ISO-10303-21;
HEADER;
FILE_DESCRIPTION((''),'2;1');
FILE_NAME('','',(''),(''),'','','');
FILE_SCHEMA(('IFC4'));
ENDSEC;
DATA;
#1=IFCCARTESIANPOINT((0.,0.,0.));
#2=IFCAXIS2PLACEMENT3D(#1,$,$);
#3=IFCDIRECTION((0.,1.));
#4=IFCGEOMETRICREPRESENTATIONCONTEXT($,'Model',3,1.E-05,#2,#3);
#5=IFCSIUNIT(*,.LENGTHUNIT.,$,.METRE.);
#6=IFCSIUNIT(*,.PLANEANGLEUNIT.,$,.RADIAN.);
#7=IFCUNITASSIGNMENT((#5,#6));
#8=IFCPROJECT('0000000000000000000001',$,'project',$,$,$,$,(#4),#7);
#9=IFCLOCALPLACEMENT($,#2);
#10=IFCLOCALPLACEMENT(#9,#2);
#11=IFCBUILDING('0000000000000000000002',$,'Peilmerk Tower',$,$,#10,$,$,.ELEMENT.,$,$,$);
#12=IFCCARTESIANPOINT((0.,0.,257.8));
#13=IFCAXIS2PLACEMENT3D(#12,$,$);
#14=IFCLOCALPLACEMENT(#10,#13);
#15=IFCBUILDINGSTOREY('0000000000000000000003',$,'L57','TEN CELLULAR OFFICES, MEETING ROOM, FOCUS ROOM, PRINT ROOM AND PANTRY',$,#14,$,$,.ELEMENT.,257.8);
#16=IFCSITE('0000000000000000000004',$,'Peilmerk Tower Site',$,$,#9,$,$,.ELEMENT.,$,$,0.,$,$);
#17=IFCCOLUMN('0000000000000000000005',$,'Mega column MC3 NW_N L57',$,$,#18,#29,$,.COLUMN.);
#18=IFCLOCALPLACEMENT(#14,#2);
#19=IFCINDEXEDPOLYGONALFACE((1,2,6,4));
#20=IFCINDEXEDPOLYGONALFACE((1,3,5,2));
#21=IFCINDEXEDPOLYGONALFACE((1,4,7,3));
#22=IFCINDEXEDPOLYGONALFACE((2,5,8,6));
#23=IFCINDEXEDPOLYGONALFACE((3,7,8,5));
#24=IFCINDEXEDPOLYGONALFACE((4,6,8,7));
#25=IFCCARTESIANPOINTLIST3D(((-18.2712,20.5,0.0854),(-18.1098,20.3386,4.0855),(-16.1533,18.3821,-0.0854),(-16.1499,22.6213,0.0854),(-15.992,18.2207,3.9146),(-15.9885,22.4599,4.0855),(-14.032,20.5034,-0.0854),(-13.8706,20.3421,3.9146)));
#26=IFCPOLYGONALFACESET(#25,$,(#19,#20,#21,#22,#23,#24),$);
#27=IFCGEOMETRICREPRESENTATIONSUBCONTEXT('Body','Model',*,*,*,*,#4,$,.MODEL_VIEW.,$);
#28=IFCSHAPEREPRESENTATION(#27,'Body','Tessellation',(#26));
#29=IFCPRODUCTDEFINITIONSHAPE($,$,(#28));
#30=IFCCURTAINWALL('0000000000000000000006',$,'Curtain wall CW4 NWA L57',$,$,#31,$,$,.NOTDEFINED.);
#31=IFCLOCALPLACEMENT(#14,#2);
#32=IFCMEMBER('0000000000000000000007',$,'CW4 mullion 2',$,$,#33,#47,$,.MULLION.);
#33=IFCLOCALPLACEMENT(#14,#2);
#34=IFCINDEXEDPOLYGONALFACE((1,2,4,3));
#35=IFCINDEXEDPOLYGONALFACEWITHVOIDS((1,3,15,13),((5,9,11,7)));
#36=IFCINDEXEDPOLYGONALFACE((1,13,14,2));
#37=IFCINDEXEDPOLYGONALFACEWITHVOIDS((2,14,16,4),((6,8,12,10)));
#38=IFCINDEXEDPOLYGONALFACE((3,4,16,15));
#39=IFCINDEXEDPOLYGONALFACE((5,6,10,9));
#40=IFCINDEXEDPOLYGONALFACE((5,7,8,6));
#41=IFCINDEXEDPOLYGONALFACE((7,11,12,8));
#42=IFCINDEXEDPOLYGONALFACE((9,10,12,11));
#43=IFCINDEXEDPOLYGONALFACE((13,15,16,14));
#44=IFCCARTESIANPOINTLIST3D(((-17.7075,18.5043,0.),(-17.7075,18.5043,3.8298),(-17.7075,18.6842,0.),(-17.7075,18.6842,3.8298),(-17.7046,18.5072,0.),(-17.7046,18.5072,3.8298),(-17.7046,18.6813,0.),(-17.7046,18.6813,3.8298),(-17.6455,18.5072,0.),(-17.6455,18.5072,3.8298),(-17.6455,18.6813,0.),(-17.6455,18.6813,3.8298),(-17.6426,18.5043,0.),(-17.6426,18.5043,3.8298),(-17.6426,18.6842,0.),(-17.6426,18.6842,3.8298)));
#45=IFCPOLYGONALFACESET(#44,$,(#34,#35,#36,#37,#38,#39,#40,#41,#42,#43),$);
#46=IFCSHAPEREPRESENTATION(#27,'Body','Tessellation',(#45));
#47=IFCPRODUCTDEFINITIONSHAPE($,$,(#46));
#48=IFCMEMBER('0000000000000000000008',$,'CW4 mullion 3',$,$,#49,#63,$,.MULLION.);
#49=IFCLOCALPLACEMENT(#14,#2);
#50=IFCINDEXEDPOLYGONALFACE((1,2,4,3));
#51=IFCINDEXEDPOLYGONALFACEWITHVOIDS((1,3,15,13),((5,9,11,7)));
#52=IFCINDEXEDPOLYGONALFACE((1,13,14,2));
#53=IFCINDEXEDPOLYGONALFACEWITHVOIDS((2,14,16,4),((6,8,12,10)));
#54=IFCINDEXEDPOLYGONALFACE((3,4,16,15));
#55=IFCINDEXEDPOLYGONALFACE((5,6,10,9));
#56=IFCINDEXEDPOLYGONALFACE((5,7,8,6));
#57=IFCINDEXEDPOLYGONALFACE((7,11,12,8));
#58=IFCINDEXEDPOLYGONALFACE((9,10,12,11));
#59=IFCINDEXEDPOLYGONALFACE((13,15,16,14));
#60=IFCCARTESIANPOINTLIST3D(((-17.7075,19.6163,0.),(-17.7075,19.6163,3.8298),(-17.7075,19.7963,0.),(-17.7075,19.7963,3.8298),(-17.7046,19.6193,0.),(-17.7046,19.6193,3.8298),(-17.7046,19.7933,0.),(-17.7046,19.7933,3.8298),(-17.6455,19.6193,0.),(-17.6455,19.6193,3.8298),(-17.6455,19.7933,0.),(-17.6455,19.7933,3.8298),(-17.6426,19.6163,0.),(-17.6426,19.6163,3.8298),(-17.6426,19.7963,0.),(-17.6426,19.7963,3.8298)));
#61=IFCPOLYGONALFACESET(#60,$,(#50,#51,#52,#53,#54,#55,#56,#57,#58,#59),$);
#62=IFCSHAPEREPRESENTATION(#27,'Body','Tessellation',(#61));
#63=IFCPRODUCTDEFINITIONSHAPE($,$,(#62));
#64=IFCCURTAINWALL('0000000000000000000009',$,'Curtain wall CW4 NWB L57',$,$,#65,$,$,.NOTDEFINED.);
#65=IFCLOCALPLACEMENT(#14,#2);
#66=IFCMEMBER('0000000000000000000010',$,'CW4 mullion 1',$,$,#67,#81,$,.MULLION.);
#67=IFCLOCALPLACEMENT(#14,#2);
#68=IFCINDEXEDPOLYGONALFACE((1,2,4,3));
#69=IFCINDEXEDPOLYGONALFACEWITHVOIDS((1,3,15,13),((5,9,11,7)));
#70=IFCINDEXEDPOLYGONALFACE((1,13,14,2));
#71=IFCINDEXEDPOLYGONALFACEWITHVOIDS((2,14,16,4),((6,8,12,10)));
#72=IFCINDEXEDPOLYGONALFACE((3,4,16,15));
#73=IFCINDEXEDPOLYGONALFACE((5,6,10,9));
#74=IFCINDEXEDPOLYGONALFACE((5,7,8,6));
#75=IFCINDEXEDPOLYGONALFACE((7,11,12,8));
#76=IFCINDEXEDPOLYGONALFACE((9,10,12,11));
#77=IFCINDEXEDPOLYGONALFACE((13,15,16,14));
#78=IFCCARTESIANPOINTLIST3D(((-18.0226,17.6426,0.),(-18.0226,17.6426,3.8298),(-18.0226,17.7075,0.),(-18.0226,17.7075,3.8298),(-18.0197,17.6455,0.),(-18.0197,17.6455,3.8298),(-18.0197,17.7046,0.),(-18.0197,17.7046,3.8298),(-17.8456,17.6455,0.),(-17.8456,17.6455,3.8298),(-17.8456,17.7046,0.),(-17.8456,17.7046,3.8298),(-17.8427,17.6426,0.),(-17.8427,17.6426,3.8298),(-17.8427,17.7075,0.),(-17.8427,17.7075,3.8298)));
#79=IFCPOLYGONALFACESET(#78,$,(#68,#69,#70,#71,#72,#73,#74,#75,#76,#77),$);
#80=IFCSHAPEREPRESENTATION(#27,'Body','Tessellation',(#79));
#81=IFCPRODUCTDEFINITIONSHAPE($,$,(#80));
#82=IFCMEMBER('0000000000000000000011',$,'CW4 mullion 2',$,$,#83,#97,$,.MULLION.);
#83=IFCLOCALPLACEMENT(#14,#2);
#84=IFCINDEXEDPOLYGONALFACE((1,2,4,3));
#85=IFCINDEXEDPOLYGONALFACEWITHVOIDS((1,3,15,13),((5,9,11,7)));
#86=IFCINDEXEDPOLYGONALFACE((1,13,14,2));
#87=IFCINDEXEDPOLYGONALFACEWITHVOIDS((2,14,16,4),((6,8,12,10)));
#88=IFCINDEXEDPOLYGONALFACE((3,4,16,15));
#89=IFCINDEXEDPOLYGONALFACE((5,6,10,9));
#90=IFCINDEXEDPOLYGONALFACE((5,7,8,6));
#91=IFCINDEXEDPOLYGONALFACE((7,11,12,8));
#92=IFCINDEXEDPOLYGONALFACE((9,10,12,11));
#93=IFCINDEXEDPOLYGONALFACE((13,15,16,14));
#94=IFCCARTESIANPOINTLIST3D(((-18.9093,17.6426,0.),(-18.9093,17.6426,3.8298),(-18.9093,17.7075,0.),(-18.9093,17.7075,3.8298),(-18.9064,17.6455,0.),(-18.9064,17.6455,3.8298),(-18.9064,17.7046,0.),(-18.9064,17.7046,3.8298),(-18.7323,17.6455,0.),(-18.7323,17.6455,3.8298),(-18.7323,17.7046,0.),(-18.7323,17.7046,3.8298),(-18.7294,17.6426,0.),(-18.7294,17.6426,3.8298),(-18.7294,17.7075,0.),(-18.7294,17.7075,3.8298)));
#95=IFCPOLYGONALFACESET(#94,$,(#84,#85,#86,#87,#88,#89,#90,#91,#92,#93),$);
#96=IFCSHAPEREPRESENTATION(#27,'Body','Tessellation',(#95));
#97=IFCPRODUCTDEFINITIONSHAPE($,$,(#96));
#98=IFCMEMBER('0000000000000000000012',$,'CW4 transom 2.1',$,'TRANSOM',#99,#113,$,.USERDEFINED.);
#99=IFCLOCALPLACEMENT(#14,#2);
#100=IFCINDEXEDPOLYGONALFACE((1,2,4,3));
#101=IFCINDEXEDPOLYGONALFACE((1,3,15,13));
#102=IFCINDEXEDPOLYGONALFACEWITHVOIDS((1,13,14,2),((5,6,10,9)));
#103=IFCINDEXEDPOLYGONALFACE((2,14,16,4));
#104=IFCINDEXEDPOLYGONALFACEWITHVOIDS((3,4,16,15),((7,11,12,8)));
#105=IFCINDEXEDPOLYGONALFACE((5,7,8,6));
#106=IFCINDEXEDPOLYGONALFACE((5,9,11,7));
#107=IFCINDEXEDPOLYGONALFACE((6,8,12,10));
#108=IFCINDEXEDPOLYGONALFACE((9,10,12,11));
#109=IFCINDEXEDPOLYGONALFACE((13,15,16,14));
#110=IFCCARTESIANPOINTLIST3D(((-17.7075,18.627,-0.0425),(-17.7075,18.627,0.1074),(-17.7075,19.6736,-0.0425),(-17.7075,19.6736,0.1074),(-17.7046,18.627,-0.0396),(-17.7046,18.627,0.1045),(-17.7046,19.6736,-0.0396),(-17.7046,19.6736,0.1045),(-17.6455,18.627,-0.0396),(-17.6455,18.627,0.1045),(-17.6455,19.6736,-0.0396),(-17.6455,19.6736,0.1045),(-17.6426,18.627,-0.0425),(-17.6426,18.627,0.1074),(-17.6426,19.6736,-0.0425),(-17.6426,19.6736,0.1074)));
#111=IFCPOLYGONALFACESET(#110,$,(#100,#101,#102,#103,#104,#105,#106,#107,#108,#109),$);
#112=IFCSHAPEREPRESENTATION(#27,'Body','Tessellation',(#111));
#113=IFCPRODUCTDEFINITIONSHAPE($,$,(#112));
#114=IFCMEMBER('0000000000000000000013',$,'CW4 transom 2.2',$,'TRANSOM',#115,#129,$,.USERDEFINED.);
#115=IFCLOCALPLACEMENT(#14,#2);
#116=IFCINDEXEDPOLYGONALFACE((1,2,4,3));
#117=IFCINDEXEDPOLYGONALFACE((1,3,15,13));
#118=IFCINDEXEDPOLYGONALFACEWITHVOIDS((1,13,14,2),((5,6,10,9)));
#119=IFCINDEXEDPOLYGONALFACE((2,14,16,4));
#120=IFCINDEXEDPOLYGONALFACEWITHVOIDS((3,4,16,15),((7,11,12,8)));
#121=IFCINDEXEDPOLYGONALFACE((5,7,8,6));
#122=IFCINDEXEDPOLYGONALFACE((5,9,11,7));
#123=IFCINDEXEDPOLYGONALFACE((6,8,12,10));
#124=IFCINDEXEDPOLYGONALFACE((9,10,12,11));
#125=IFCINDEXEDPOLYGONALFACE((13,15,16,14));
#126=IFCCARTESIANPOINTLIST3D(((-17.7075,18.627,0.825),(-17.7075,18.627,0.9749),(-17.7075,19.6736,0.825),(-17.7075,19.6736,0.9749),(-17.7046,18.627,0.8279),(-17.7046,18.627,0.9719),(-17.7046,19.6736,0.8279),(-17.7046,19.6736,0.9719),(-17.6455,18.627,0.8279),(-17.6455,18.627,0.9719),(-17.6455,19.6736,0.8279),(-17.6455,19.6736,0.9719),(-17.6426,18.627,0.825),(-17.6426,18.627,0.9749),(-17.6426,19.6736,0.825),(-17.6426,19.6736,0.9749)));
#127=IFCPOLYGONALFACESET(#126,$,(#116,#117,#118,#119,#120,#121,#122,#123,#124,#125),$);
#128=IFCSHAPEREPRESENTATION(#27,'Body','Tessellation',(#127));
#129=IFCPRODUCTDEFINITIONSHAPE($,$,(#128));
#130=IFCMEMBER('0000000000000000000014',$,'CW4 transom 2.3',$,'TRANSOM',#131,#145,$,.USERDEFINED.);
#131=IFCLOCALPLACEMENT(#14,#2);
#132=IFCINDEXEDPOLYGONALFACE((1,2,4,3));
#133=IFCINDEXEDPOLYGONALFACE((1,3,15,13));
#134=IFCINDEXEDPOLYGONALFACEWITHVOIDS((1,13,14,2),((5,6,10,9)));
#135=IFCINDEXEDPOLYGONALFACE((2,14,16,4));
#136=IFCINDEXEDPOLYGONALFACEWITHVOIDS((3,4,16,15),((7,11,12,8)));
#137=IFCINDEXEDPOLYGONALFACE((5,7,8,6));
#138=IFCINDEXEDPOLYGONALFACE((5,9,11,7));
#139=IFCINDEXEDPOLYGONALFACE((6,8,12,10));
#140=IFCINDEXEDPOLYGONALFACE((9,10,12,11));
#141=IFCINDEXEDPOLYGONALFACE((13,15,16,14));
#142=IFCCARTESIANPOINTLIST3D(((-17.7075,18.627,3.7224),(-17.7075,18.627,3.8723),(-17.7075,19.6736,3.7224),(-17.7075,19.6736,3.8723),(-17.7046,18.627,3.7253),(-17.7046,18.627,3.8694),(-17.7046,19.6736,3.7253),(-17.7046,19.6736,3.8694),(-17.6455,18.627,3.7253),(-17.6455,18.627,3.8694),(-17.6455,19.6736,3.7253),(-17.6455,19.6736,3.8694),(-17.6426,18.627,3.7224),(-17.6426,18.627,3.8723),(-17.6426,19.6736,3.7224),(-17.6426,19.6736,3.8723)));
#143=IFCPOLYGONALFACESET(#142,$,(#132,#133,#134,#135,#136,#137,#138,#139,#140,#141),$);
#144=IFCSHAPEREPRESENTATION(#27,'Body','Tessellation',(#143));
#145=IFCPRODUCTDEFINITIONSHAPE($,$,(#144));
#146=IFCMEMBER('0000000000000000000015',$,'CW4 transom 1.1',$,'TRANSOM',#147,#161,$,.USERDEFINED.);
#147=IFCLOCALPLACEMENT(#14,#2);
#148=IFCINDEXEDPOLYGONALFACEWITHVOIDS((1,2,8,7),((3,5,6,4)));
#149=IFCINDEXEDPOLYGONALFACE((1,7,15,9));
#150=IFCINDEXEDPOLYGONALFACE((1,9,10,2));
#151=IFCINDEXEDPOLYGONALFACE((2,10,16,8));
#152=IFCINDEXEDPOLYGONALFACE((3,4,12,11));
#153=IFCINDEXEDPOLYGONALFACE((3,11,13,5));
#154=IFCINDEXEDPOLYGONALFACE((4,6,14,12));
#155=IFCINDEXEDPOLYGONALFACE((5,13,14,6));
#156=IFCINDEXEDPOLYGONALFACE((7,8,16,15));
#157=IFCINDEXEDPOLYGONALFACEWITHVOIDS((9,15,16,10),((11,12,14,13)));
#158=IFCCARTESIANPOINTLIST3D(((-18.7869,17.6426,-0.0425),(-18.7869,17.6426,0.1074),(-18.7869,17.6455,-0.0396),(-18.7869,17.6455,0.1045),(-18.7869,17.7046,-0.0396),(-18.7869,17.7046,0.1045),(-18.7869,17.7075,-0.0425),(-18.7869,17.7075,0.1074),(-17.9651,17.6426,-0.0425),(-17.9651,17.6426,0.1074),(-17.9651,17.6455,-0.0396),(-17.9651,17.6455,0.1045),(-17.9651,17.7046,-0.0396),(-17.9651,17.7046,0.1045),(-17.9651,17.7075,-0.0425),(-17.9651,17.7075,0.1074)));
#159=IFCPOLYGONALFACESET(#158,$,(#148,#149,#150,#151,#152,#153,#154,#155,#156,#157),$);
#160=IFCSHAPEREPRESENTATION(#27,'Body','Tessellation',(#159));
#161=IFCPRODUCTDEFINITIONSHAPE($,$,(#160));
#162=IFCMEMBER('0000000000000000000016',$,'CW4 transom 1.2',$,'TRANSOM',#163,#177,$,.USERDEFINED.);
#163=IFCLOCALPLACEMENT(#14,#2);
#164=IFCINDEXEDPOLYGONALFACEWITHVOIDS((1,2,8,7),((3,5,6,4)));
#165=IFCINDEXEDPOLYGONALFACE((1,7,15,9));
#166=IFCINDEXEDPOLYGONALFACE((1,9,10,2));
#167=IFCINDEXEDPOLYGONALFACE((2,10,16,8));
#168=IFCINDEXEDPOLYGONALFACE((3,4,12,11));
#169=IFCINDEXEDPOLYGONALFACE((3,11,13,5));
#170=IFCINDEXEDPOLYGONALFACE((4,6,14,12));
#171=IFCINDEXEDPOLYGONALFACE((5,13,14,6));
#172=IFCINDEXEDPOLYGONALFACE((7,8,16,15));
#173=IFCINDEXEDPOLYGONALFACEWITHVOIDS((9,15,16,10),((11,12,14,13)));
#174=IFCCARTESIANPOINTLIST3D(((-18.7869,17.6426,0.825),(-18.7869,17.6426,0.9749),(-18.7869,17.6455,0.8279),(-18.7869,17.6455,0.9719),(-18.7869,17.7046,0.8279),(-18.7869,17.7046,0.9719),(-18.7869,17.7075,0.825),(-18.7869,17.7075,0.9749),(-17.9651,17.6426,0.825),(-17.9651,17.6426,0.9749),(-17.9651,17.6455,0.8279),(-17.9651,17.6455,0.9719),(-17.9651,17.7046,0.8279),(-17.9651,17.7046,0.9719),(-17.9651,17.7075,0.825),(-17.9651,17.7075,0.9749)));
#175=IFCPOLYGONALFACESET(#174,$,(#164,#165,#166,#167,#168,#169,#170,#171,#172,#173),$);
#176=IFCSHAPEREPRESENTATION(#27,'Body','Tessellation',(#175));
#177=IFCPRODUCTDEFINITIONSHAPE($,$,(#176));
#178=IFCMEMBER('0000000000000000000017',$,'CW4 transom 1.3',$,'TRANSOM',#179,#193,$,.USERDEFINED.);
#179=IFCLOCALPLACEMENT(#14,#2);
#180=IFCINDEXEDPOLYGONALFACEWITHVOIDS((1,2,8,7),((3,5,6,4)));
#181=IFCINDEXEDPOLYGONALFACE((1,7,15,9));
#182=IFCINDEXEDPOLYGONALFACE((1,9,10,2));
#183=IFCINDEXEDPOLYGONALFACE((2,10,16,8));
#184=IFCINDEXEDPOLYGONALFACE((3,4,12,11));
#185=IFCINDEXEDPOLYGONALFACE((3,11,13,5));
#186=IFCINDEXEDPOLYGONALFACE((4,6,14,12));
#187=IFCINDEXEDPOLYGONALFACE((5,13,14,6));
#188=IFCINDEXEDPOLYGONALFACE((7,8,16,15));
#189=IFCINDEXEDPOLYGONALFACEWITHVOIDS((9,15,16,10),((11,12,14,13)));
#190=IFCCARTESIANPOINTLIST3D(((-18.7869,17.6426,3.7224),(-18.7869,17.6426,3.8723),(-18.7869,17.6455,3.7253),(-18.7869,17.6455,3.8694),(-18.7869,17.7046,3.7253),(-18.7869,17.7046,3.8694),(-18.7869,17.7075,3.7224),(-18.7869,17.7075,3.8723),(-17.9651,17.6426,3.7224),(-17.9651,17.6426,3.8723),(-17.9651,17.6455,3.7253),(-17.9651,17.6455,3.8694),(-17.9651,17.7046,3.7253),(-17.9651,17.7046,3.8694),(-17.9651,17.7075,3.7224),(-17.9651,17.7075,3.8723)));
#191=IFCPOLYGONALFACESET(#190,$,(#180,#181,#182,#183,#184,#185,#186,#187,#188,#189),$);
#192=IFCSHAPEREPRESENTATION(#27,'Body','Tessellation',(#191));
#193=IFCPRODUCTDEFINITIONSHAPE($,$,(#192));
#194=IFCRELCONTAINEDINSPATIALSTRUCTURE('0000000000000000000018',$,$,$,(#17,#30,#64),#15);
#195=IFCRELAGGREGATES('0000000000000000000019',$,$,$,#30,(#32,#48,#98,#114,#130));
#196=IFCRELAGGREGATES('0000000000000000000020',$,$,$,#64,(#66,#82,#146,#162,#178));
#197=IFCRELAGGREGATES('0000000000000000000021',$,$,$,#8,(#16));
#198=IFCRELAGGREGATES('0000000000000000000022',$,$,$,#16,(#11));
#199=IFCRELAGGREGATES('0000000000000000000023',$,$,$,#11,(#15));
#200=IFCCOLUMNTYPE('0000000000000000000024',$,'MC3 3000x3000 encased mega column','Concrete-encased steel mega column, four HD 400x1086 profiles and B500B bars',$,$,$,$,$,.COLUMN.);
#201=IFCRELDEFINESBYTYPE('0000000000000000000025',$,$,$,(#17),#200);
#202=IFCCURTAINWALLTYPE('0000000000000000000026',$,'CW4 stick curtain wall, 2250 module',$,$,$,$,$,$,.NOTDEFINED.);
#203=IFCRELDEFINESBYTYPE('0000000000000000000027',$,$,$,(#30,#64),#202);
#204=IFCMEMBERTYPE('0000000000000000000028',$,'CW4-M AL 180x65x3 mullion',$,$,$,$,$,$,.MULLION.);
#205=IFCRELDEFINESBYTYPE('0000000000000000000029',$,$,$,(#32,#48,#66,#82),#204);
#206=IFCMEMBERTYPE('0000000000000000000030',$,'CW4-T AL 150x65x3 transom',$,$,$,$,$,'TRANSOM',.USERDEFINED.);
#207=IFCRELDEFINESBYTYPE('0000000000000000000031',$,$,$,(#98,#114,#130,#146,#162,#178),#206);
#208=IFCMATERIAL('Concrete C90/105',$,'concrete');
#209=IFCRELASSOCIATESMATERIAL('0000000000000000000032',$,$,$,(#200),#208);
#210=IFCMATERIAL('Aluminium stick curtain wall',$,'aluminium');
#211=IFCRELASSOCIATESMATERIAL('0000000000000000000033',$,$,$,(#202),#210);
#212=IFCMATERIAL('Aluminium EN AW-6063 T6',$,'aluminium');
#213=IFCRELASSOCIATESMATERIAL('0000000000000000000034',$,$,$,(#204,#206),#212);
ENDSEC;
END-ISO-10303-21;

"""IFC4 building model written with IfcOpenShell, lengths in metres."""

from ifc_helpers import new_model, si_unit, direction, frame, origin, origin_2d, place, context, subcontext, project, spatial, rectangle, hollow_rectangle, extrude, material, material_profile, profile_set, type_object, element, aggregate, save


model = new_model("IFC4")

# Units and contexts
model_context = context("Model", 3, precision=1e-05, world=origin(), true_north=direction((0.0, 1.0)))
body_context = subcontext(model_context, "Body", "Model", "MODEL_VIEW")
ifc_project = project(units=[si_unit("LENGTHUNIT", "METRE"), si_unit("PLANEANGLEUNIT", "RADIAN")], contexts=[model_context])

# Site, building, storey
site_placement = place(None, origin())
site = spatial("IfcSite", under=ifc_project, at=site_placement, Name="Peilmerk Tower Site", CompositionType="ELEMENT", RefElevation=0.0)
building_placement = place(site_placement, origin())
building = spatial("IfcBuilding", under=site, at=building_placement, Name="Peilmerk Tower", CompositionType="ELEMENT")
storey_placement = place(building_placement, frame((0.0, 0.0, 257.8)))
storey = spatial("IfcBuildingStorey", under=building, at=storey_placement, Name="L57", Description="TEN CELLULAR OFFICES, MEETING ROOM, FOCUS ROOM, PRINT ROOM AND PANTRY", CompositionType="ELEMENT", Elevation=257.8)

# Column
ifc_material_1 = material(Name="Concrete C90/105", Category="concrete")
ifc_material_profile_1 = material_profile(ifc_material_1, rectangle(XDim=3.0, YDim=3.0, at=origin_2d()), Name="RC 3000x3000")
ifc_profile_set_1 = profile_set([ifc_material_profile_1], Name="Concrete C90/105")
column_type = type_object("IfcColumnType", Name="MC3 3000x3000 encased mega column", Description="Concrete-encased steel mega column, four HD 400x1086 profiles and B500B bars", PredefinedType="COLUMN", material=ifc_profile_set_1)
column_placement = place(storey_placement, frame((-16.1516, 20.5017, 0.0), z_axis=(0.040279, -0.040279, 0.998376), x_axis=(0.707107, 0.707107, 0.0)))
element("IfcColumn", 1, at=column_placement, inside=storey, type_object=column_type, Name="Mega column MC3 NW_N L57", PredefinedType="COLUMN", context=body_context, shape_type="SweptSolid", body=[
    extrude(rectangle(XDim=3.0, YDim=3.0, at=origin_2d()), origin(), (0.0, 0.0, 1.0), 4.0066),
])

# Curtain walls, members
ifc_material_2 = material(Name="Aluminium stick curtain wall", Category="aluminium")
curtain_wall_type = type_object("IfcCurtainWallType", Name="CW4 stick curtain wall, 2250 module", PredefinedType="NOTDEFINED", material=ifc_material_2)
curtain_wall_1_placement = place(storey_placement, origin())
curtain_wall_1 = element("IfcCurtainWall", 2, at=curtain_wall_1_placement, inside=storey, type_object=curtain_wall_type, Name="Curtain wall CW4 NWA L57", PredefinedType="NOTDEFINED")
ifc_material_3 = material(Name="Aluminium EN AW-6063 T6", Category="aluminium")
ifc_material_profile_2 = material_profile(ifc_material_3, hollow_rectangle(XDim=0.0649, YDim=0.1799, WallThickness=0.0029, at=origin_2d()), Name="AL 180x65x3")
ifc_profile_set_2 = profile_set([ifc_material_profile_2], Name="Aluminium EN AW-6063 T6")
member_type_1 = type_object("IfcMemberType", Name="CW4-M AL 180x65x3 mullion", PredefinedType="MULLION", material=ifc_profile_set_2)
member_1_placement = place(storey_placement, frame((-17.675, 18.5942, 0.0), z_axis=(0.0, 0.0, 1.0), x_axis=(-1.0, 0.0, 0.0)))
member_1 = element("IfcMember", 3, at=member_1_placement, type_object=member_type_1, Name="CW4 mullion 2", PredefinedType="MULLION", context=body_context, shape_type="SweptSolid", body=[
    extrude(hollow_rectangle(XDim=0.0649, YDim=0.1799, WallThickness=0.0029, at=origin_2d()), origin(), (0.0, 0.0, 1.0), 3.8298),
])
member_2_placement = place(storey_placement, frame((-17.675, 19.7063, 0.0), z_axis=(0.0, 0.0, 1.0), x_axis=(-1.0, 0.0, 0.0)))
member_2 = element("IfcMember", 4, at=member_2_placement, type_object=member_type_1, Name="CW4 mullion 3", PredefinedType="MULLION", context=body_context, shape_type="SweptSolid", body=[
    extrude(hollow_rectangle(XDim=0.0649, YDim=0.1799, WallThickness=0.0029, at=origin_2d()), origin(), (0.0, 0.0, 1.0), 3.8298),
])
curtain_wall_2_placement = place(storey_placement, origin())
curtain_wall_2 = element("IfcCurtainWall", 5, at=curtain_wall_2_placement, inside=storey, type_object=curtain_wall_type, Name="Curtain wall CW4 NWB L57", PredefinedType="NOTDEFINED")
member_3_placement = place(storey_placement, frame((-17.9326, 17.675, 0.0), z_axis=(0.0, 0.0, 1.0), x_axis=(0.0, -1.0, 0.0)))
member_3 = element("IfcMember", 6, at=member_3_placement, type_object=member_type_1, Name="CW4 mullion 1", PredefinedType="MULLION", context=body_context, shape_type="SweptSolid", body=[
    extrude(hollow_rectangle(XDim=0.0649, YDim=0.1799, WallThickness=0.0029, at=origin_2d()), origin(), (0.0, 0.0, 1.0), 3.8298),
])
member_4_placement = place(storey_placement, frame((-18.8193, 17.675, 0.0), z_axis=(0.0, 0.0, 1.0), x_axis=(0.0, -1.0, 0.0)))
member_4 = element("IfcMember", 7, at=member_4_placement, type_object=member_type_1, Name="CW4 mullion 2", PredefinedType="MULLION", context=body_context, shape_type="SweptSolid", body=[
    extrude(hollow_rectangle(XDim=0.0649, YDim=0.1799, WallThickness=0.0029, at=origin_2d()), origin(), (0.0, 0.0, 1.0), 3.8298),
])

# Members
ifc_material_profile_3 = material_profile(ifc_material_3, hollow_rectangle(XDim=0.0649, YDim=0.1499, WallThickness=0.0029, at=origin_2d()), Name="AL 150x65x3")
ifc_profile_set_3 = profile_set([ifc_material_profile_3], Name="Aluminium EN AW-6063 T6")
member_type_2 = type_object("IfcMemberType", Name="CW4-T AL 150x65x3 transom", ElementType="TRANSOM", PredefinedType="USERDEFINED", material=ifc_profile_set_3)
member_5_placement = place(storey_placement, frame((-17.675, 18.627, 0.0325), z_axis=(0.0, 1.0, 0.0), x_axis=(-1.0, 0.0, 0.0)))
member_5 = element("IfcMember", 8, at=member_5_placement, type_object=member_type_2, Name="CW4 transom 2.1", ObjectType="TRANSOM", PredefinedType="USERDEFINED", context=body_context, shape_type="SweptSolid", body=[
    extrude(hollow_rectangle(XDim=0.0649, YDim=0.1499, WallThickness=0.0029, at=origin_2d()), origin(), (0.0, 0.0, 1.0), 1.0466),
])
member_6_placement = place(storey_placement, frame((-17.675, 18.627, 0.8999), z_axis=(0.0, 1.0, 0.0), x_axis=(-1.0, 0.0, 0.0)))
member_6 = element("IfcMember", 9, at=member_6_placement, type_object=member_type_2, Name="CW4 transom 2.2", ObjectType="TRANSOM", PredefinedType="USERDEFINED", context=body_context, shape_type="SweptSolid", body=[
    extrude(hollow_rectangle(XDim=0.0649, YDim=0.1499, WallThickness=0.0029, at=origin_2d()), origin(), (0.0, 0.0, 1.0), 1.0466),
])
member_7_placement = place(storey_placement, frame((-17.675, 18.627, 3.7974), z_axis=(0.0, 1.0, 0.0), x_axis=(-1.0, 0.0, 0.0)))
member_7 = element("IfcMember", 10, at=member_7_placement, type_object=member_type_2, Name="CW4 transom 2.3", ObjectType="TRANSOM", PredefinedType="USERDEFINED", context=body_context, shape_type="SweptSolid", body=[
    extrude(hollow_rectangle(XDim=0.0649, YDim=0.1499, WallThickness=0.0029, at=origin_2d()), origin(), (0.0, 0.0, 1.0), 1.0466),
])
member_8_placement = place(storey_placement, frame((-17.9651, 17.675, 0.0325), z_axis=(-1.0, 0.0, 0.0), x_axis=(0.0, -1.0, 0.0)))
member_8 = element("IfcMember", 11, at=member_8_placement, type_object=member_type_2, Name="CW4 transom 1.1", ObjectType="TRANSOM", PredefinedType="USERDEFINED", context=body_context, shape_type="SweptSolid", body=[
    extrude(hollow_rectangle(XDim=0.0649, YDim=0.1499, WallThickness=0.0029, at=origin_2d()), origin(), (0.0, 0.0, 1.0), 0.8218),
])
member_9_placement = place(storey_placement, frame((-17.9651, 17.675, 0.8999), z_axis=(-1.0, 0.0, 0.0), x_axis=(0.0, -1.0, 0.0)))
member_9 = element("IfcMember", 12, at=member_9_placement, type_object=member_type_2, Name="CW4 transom 1.2", ObjectType="TRANSOM", PredefinedType="USERDEFINED", context=body_context, shape_type="SweptSolid", body=[
    extrude(hollow_rectangle(XDim=0.0649, YDim=0.1499, WallThickness=0.0029, at=origin_2d()), origin(), (0.0, 0.0, 1.0), 0.8218),
])
member_10_placement = place(storey_placement, frame((-17.9651, 17.675, 3.7974), z_axis=(-1.0, 0.0, 0.0), x_axis=(0.0, -1.0, 0.0)))
member_10 = element("IfcMember", 13, at=member_10_placement, type_object=member_type_2, Name="CW4 transom 1.3", ObjectType="TRANSOM", PredefinedType="USERDEFINED", context=body_context, shape_type="SweptSolid", body=[
    extrude(hollow_rectangle(XDim=0.0649, YDim=0.1499, WallThickness=0.0029, at=origin_2d()), origin(), (0.0, 0.0, 1.0), 0.8218),
])

aggregate(curtain_wall_1, [member_1, member_2, member_5, member_6, member_7])
aggregate(curtain_wall_2, [member_3, member_4, member_8, member_9, member_10])

save(model, "model.ifc")
